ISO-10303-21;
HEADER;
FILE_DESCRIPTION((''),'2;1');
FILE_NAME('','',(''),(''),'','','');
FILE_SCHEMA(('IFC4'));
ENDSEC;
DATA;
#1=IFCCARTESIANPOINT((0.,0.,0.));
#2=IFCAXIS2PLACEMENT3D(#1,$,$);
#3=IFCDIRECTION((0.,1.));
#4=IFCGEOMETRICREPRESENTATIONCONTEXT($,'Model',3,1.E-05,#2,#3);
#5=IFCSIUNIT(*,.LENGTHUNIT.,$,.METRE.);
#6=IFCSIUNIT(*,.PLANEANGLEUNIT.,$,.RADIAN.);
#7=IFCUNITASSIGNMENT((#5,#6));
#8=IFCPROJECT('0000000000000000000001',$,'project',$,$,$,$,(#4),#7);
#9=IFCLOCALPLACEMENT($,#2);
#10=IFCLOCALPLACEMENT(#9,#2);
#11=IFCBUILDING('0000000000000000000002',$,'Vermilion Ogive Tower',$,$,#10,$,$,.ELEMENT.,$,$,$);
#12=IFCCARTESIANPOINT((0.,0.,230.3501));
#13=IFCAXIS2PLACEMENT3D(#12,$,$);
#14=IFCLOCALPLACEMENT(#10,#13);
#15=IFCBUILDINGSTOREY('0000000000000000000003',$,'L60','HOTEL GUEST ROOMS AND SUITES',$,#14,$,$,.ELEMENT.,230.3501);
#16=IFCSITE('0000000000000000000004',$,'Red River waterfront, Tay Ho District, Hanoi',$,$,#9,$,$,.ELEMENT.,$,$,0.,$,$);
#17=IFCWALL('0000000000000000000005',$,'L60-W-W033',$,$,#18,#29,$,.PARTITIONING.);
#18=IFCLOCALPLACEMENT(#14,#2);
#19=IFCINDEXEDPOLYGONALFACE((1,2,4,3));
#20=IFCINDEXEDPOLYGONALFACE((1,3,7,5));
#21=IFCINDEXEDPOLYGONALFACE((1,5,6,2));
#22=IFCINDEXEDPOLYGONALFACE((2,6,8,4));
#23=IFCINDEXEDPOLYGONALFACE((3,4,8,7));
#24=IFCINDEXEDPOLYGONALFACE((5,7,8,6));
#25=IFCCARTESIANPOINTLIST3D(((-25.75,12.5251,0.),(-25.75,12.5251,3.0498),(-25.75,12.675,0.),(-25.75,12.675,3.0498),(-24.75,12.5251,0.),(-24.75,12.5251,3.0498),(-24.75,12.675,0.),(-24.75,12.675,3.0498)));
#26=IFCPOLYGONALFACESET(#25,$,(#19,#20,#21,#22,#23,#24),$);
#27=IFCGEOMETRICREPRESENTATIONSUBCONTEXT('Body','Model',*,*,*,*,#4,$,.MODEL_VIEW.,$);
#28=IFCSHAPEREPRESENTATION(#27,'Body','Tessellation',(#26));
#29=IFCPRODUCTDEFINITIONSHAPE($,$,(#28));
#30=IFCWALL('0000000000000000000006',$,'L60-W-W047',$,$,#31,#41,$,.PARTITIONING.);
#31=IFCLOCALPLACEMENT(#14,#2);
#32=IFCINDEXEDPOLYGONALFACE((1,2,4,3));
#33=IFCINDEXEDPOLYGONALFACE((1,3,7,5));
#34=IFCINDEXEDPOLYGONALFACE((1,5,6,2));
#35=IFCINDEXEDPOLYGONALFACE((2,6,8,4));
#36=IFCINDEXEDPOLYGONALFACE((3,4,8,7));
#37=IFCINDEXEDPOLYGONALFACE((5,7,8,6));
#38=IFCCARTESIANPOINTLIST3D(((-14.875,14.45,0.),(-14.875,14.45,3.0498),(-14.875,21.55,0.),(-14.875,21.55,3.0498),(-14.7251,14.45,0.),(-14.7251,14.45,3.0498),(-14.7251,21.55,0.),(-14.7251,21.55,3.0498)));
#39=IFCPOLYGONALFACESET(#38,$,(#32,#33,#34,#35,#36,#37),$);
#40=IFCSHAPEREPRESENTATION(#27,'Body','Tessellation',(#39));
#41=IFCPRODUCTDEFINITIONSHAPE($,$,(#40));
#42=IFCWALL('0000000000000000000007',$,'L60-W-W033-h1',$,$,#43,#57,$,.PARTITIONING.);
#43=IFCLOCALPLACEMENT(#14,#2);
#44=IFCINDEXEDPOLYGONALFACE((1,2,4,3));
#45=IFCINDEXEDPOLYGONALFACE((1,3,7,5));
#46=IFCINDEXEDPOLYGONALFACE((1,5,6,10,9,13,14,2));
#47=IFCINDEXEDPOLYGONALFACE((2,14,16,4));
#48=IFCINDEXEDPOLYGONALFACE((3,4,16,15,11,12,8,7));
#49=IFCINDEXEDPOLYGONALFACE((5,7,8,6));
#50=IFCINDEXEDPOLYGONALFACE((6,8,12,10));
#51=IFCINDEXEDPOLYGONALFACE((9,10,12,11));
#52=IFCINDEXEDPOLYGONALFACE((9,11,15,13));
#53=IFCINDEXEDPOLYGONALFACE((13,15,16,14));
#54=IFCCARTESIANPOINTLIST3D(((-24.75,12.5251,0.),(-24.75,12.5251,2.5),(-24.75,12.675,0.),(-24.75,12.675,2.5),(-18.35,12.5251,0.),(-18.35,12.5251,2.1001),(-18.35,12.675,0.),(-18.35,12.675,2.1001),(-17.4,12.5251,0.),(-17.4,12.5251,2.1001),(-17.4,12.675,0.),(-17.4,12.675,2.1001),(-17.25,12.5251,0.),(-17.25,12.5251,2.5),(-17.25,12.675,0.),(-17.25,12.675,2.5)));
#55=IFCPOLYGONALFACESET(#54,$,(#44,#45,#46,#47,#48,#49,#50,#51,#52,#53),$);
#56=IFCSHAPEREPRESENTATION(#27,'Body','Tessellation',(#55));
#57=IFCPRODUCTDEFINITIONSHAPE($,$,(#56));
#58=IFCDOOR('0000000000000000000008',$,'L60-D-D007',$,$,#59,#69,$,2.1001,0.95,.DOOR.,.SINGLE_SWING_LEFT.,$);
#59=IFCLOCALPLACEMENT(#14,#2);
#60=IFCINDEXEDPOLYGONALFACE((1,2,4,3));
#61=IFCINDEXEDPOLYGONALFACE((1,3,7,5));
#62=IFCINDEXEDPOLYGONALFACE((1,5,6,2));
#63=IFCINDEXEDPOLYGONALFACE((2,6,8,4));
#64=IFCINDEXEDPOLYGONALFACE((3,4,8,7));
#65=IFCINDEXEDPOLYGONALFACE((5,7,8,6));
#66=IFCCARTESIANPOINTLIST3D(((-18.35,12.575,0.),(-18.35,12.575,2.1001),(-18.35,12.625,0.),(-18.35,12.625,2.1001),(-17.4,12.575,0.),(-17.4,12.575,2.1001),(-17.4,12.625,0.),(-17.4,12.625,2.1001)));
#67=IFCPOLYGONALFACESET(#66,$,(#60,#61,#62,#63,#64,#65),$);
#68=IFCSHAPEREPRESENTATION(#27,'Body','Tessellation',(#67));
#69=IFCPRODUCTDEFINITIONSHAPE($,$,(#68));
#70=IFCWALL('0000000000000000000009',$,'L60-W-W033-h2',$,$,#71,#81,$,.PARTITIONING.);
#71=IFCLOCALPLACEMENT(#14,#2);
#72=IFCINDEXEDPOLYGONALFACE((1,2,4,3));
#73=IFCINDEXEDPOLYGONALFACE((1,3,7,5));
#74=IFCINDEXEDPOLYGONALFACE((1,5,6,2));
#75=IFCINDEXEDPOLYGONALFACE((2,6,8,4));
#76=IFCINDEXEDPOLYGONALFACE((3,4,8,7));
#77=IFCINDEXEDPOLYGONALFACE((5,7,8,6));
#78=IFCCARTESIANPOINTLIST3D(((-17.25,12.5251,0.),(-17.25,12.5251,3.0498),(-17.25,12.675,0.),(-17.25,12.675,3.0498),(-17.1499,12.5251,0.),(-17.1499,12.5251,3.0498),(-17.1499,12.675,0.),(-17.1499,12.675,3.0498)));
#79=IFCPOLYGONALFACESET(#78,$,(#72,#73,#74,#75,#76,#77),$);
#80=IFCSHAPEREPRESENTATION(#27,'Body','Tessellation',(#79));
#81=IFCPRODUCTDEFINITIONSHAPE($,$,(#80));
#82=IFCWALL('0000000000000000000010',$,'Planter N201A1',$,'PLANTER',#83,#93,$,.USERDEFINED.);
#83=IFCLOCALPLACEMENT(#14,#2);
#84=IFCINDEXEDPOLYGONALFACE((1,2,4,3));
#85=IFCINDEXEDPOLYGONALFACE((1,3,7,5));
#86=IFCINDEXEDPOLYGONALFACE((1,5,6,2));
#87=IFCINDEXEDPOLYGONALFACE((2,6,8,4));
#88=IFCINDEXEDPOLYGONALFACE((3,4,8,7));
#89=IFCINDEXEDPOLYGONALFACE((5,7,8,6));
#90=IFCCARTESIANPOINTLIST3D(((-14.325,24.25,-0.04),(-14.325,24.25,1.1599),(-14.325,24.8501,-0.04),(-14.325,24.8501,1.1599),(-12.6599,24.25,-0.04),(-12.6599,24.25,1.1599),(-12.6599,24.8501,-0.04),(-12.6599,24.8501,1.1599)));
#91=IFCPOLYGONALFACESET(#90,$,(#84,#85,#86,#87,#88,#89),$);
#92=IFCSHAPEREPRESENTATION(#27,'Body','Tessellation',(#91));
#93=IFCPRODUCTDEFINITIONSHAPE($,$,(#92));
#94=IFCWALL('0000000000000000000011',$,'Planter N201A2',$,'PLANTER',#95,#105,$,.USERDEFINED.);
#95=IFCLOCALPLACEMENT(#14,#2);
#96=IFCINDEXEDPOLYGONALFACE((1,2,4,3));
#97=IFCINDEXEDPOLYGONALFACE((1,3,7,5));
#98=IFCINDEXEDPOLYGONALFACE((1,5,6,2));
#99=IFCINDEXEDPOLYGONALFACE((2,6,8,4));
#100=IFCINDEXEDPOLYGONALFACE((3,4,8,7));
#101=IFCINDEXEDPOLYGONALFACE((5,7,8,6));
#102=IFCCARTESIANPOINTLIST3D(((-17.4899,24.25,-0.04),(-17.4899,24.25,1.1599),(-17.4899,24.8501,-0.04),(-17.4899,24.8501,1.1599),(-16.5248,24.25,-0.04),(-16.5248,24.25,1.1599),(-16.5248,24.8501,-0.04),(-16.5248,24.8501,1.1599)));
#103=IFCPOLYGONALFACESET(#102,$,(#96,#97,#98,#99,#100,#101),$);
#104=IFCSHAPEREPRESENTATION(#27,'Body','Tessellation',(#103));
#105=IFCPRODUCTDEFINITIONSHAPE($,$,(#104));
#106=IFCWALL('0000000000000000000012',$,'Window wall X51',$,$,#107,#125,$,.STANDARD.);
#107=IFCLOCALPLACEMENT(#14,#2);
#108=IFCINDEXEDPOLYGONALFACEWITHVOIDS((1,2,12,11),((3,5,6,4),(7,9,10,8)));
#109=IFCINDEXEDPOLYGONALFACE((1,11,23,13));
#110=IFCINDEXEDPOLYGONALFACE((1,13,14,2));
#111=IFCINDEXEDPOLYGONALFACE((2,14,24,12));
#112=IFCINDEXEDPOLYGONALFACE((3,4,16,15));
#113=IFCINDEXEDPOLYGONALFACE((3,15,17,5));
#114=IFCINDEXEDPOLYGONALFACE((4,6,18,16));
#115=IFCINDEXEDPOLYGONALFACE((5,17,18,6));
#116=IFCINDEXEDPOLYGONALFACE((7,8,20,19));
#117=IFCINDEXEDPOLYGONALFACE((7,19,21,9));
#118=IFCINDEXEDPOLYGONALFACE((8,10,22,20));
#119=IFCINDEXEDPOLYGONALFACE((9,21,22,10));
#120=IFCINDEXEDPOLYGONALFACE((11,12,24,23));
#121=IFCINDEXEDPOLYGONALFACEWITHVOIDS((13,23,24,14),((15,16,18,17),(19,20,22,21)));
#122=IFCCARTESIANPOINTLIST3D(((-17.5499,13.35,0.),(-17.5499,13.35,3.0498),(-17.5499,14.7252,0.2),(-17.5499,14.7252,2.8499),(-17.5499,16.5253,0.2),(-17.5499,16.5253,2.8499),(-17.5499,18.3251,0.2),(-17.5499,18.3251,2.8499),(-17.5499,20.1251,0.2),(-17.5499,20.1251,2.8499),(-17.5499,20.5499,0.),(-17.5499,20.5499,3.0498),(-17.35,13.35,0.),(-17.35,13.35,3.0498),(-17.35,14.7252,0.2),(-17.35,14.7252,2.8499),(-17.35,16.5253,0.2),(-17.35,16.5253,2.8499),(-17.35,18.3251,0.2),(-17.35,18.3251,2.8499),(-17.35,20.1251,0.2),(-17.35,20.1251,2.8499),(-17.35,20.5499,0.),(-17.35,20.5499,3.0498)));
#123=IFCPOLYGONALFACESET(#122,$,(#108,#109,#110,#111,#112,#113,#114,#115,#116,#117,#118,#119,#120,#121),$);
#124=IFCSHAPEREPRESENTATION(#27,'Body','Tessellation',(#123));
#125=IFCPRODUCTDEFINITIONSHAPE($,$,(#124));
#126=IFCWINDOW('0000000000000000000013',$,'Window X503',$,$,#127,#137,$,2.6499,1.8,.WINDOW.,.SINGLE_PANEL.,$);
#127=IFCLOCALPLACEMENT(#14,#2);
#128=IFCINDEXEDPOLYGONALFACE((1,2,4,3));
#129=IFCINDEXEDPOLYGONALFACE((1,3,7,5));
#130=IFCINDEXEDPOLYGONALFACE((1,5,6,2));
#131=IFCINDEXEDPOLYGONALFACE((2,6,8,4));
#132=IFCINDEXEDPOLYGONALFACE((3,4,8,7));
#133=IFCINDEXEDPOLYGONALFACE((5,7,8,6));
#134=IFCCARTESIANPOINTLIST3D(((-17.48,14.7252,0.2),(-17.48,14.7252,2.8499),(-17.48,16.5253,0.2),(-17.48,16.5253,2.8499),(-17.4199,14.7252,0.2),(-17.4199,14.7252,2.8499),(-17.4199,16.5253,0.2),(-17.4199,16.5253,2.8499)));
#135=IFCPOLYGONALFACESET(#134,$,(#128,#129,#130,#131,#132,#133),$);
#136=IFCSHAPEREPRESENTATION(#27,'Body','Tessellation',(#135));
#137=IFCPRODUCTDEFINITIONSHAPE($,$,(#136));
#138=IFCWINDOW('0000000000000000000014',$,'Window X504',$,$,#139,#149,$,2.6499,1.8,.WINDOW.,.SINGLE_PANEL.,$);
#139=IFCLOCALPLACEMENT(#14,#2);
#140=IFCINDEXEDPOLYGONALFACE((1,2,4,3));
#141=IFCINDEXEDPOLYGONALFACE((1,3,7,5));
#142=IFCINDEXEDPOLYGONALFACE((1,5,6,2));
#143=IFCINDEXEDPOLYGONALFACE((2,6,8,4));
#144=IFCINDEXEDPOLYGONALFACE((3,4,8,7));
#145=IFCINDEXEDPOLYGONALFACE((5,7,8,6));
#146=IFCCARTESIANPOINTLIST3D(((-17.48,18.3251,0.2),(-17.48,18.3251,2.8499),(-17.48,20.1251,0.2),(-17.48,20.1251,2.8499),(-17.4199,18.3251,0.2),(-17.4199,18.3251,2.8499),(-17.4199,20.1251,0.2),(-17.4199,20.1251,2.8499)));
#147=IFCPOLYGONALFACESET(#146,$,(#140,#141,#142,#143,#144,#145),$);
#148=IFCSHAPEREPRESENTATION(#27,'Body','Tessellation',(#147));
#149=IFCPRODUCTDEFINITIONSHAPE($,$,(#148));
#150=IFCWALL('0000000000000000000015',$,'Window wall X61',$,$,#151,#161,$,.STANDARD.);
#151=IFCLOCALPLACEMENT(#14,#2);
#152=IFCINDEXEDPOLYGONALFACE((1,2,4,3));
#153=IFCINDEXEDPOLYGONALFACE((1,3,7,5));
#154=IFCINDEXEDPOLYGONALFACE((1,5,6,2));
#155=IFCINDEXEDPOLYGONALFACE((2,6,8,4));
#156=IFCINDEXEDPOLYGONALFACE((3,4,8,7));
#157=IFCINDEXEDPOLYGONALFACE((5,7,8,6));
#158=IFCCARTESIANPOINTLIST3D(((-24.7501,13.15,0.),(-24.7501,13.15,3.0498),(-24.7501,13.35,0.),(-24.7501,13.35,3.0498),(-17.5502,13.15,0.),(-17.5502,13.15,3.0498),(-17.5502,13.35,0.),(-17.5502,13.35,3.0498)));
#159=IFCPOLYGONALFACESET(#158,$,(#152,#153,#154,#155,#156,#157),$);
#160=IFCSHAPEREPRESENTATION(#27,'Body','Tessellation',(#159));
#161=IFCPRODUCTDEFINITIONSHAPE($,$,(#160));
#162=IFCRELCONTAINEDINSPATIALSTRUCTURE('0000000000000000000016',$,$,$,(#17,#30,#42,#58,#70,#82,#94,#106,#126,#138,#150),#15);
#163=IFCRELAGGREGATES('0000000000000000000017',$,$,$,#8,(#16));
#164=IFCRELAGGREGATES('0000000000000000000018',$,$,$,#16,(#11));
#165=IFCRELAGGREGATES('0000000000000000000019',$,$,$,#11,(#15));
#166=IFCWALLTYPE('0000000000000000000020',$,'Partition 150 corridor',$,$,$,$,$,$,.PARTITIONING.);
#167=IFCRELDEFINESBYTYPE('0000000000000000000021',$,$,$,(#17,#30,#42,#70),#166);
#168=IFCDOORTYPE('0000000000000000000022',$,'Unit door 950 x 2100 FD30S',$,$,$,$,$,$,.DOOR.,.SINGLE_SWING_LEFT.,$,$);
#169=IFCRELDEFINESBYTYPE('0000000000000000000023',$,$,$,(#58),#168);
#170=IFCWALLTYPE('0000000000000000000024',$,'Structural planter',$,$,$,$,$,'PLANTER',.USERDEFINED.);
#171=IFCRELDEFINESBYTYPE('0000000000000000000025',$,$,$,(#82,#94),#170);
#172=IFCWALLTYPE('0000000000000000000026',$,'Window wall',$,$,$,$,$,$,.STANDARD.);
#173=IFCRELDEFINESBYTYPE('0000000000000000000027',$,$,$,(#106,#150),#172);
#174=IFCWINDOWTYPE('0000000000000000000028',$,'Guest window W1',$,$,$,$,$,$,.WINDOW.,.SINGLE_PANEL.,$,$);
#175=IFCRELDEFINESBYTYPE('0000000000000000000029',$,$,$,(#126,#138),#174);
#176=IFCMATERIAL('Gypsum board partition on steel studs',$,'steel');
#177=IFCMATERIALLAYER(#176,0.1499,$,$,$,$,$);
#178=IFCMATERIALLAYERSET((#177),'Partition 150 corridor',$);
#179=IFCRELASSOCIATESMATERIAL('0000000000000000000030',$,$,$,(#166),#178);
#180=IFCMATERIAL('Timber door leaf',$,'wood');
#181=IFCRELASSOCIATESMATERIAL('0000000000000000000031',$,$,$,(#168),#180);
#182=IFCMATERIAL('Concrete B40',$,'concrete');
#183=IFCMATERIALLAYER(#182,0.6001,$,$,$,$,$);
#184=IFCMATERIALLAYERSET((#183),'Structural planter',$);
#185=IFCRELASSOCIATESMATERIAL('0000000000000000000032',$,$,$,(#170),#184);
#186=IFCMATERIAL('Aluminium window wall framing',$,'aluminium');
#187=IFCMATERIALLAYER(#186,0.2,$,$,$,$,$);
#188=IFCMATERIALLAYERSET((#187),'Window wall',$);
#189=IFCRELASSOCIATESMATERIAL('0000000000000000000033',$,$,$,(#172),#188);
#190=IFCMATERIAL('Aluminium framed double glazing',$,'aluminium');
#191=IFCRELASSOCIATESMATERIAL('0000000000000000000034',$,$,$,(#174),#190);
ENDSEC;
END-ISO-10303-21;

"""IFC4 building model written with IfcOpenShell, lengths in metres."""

from ifc_helpers import new_model, si_unit, direction, frame, frame_2d, origin, place, context, subcontext, project, spatial, rectangle, extrude, material, layer, layer_set, type_object, element, fill, save


model = new_model("IFC4")

# Units and contexts
model_context = context("Model", 3, precision=1e-05, world=origin(), true_north=direction((0.0, 1.0)))
body_context = subcontext(model_context, "Body", "Model", "MODEL_VIEW")
ifc_project = project(units=[si_unit("LENGTHUNIT", "METRE"), si_unit("PLANEANGLEUNIT", "RADIAN")], contexts=[model_context])

# Site, building, storey
site_placement = place(None, origin())
site = spatial("IfcSite", under=ifc_project, at=site_placement, Name="Red River waterfront, Tay Ho District, Hanoi", CompositionType="ELEMENT", RefElevation=0.0)
building_placement = place(site_placement, origin())
building = spatial("IfcBuilding", under=site, at=building_placement, Name="Vermilion Ogive Tower", CompositionType="ELEMENT")
storey_placement = place(building_placement, frame((0.0, 0.0, 230.3501)))
storey = spatial("IfcBuildingStorey", under=building, at=storey_placement, Name="L60", Description="HOTEL GUEST ROOMS AND SUITES", CompositionType="ELEMENT", Elevation=230.3501)

# Walls
ifc_material_1 = material(Name="Gypsum board partition on steel studs", Category="steel")
ifc_layer_1 = layer(ifc_material_1, 0.1499)
ifc_layer_set_1 = layer_set([ifc_layer_1], Name="Partition 150 corridor")
wall_type_1 = type_object("IfcWallType", Name="Partition 150 corridor", PredefinedType="PARTITIONING", material=ifc_layer_set_1)
wall_1_placement = place(storey_placement, frame((-25.75, 12.6001, 0.0), z_axis=(0.0, 0.0, 1.0), x_axis=(1.0, 0.0, 0.0)))
element("IfcWall", 1, at=wall_1_placement, inside=storey, type_object=wall_type_1, Name="L60-W-W033", PredefinedType="PARTITIONING", context=body_context, shape_type="SweptSolid", body=[
    extrude(rectangle(XDim=1.0, YDim=0.1499, at=frame_2d((0.5, 0.0))), origin(), (0.0, 0.0, 1.0), 3.0498),
])
wall_2_placement = place(storey_placement, frame((-14.8, 14.45, 0.0), z_axis=(0.0, 0.0, 1.0), x_axis=(0.0, 1.0, 0.0)))
element("IfcWall", 2, at=wall_2_placement, inside=storey, type_object=wall_type_1, Name="L60-W-W047", PredefinedType="PARTITIONING", context=body_context, shape_type="SweptSolid", body=[
    extrude(rectangle(XDim=7.1001, YDim=0.1499, at=frame_2d((3.55, 0.0))), origin(), (0.0, 0.0, 1.0), 3.0498),
])

# Wall, opening, door
wall_3_placement = place(storey_placement, frame((-24.75, 12.6001, 0.0), z_axis=(0.0, 0.0, 1.0), x_axis=(1.0, 0.0, 0.0)))
wall_3 = element("IfcWall", 3, at=wall_3_placement, inside=storey, type_object=wall_type_1, Name="L60-W-W033-h1", PredefinedType="PARTITIONING", context=body_context, shape_type="SweptSolid", body=[
    extrude(rectangle(XDim=7.5, YDim=0.1499, at=frame_2d((3.75, 0.0))), origin(), (0.0, 0.0, 1.0), 2.5),
])
opening_1_placement = place(wall_3_placement, frame((6.3999, 0.0, 0.0)))
opening_1 = element("IfcOpeningElement", 4, at=opening_1_placement, cuts=wall_3, PredefinedType="OPENING", context=body_context, shape_type="SweptSolid", body=[
    extrude(rectangle(XDim=0.95, YDim=2.1001, at=frame_2d((0.4751, 1.05))), frame((0.0, 0.085, 0.0), z_axis=(0.0, -1.0, 0.0), x_axis=(1.0, 0.0, 0.0)), (0.0, 0.0, 1.0), 0.1699),
])
ifc_material_2 = material(Name="Timber door leaf", Category="wood")
door_type_1 = type_object("IfcDoorType", Name="Unit door 950 x 2100 FD30S", OperationType="SINGLE_SWING_LEFT", PredefinedType="DOOR", material=ifc_material_2)
door_1_placement = place(opening_1_placement, origin())
door_1 = element("IfcDoor", 5, at=door_1_placement, inside=storey, type_object=door_type_1, Name="L60-D-D007", OperationType="SINGLE_SWING_LEFT", OverallHeight=2.1001, OverallWidth=0.95, PredefinedType="DOOR", context=body_context, shape_type="SweptSolid", body=[
    extrude(rectangle(XDim=0.95, YDim=2.1001, at=frame_2d((0.4751, 1.05))), frame((0.0, 0.0249, 0.0), z_axis=(0.0, -1.0, 0.0), x_axis=(1.0, 0.0, 0.0)), (0.0, 0.0, 1.0), 0.05),
])
fill(opening_1, door_1)

# Walls
wall_4_placement = place(storey_placement, frame((-17.25, 12.6001, 0.0), z_axis=(0.0, 0.0, 1.0), x_axis=(1.0, 0.0, 0.0)))
element("IfcWall", 6, at=wall_4_placement, inside=storey, type_object=wall_type_1, Name="L60-W-W033-h2", PredefinedType="PARTITIONING", context=body_context, shape_type="SweptSolid", body=[
    extrude(rectangle(XDim=0.1001, YDim=0.1499, at=frame_2d((0.05, 0.0))), origin(), (0.0, 0.0, 1.0), 3.0498),
])
ifc_material_3 = material(Name="Concrete B40", Category="concrete")
ifc_layer_2 = layer(ifc_material_3, 0.6001)
ifc_layer_set_2 = layer_set([ifc_layer_2], Name="Structural planter")
wall_type_2 = type_object("IfcWallType", Name="Structural planter", ElementType="PLANTER", PredefinedType="USERDEFINED", material=ifc_layer_set_2)
wall_5_placement = place(storey_placement, frame((-12.6599, 24.55, -0.04), z_axis=(0.0, 0.0, 1.0), x_axis=(-1.0, 0.0, 0.0)))
element("IfcWall", 7, at=wall_5_placement, inside=storey, type_object=wall_type_2, Name="Planter N201A1", ObjectType="PLANTER", PredefinedType="USERDEFINED", context=body_context, shape_type="SweptSolid", body=[
    extrude(rectangle(XDim=1.665, YDim=0.6001, at=frame_2d((0.8325, 0.0))), origin(), (0.0, 0.0, 1.0), 1.2),
])
wall_6_placement = place(storey_placement, frame((-16.5249, 24.55, -0.04), z_axis=(0.0, 0.0, 1.0), x_axis=(-1.0, 0.0, 0.0)))
element("IfcWall", 8, at=wall_6_placement, inside=storey, type_object=wall_type_2, Name="Planter N201A2", ObjectType="PLANTER", PredefinedType="USERDEFINED", context=body_context, shape_type="SweptSolid", body=[
    extrude(rectangle(XDim=0.9651, YDim=0.6001, at=frame_2d((0.4824, 0.0))), origin(), (0.0, 0.0, 1.0), 1.2),
])

# Shared definitions
ifc_material_4 = material(Name="Aluminium window wall framing", Category="aluminium")
ifc_layer_3 = layer(ifc_material_4, 0.2)
ifc_layer_set_3 = layer_set([ifc_layer_3], Name="Window wall")
wall_type_3 = type_object("IfcWallType", Name="Window wall", PredefinedType="STANDARD", material=ifc_layer_set_3)
ifc_material_5 = material(Name="Aluminium framed double glazing", Category="aluminium")
window_type = type_object("IfcWindowType", Name="Guest window W1", PartitioningType="SINGLE_PANEL", PredefinedType="WINDOW", material=ifc_material_5)

# Wall, openings, windows
wall_7_placement = place(storey_placement, frame((-17.45, 20.55, 0.0), z_axis=(0.0, 0.0, 1.0), x_axis=(0.0, -1.0, 0.0)))
wall_7 = element("IfcWall", 9, at=wall_7_placement, inside=storey, type_object=wall_type_3, Name="Window wall X51", PredefinedType="STANDARD", context=body_context, shape_type="SweptSolid", body=[
    extrude(rectangle(XDim=7.2, YDim=0.2, at=frame_2d((3.6001, 0.0))), origin(), (0.0, 0.0, 1.0), 3.0498),
])
opening_2_placement = place(wall_7_placement, frame((4.0249, 0.0, 0.2)))
opening_2 = element("IfcOpeningElement", 10, at=opening_2_placement, cuts=wall_7, PredefinedType="OPENING", context=body_context, shape_type="SweptSolid", body=[
    extrude(rectangle(XDim=1.8, YDim=2.6499, at=frame_2d((0.8999, 1.325))), frame((0.0, 0.1099, 0.0), z_axis=(0.0, -1.0, 0.0), x_axis=(1.0, 0.0, 0.0)), (0.0, 0.0, 1.0), 0.22),
])
opening_3_placement = place(wall_7_placement, frame((0.425, 0.0, 0.2)))
opening_3 = element("IfcOpeningElement", 11, at=opening_3_placement, cuts=wall_7, PredefinedType="OPENING", context=body_context, shape_type="SweptSolid", body=[
    extrude(rectangle(XDim=1.8, YDim=2.6499, at=frame_2d((0.8999, 1.325))), frame((0.0, 0.1099, 0.0), z_axis=(0.0, -1.0, 0.0), x_axis=(1.0, 0.0, 0.0)), (0.0, 0.0, 1.0), 0.22),
])
window_1_placement = place(opening_2_placement, origin())
window_1 = element("IfcWindow", 12, at=window_1_placement, inside=storey, type_object=window_type, Name="Window X503", OverallHeight=2.6499, OverallWidth=1.8, PartitioningType="SINGLE_PANEL", PredefinedType="WINDOW", context=body_context, shape_type="SweptSolid", body=[
    extrude(rectangle(XDim=1.8, YDim=2.6499, at=frame_2d((0.8999, 1.325))), frame((0.0, 0.03, 0.0), z_axis=(0.0, -1.0, 0.0), x_axis=(1.0, 0.0, 0.0)), (0.0, 0.0, 1.0), 0.0601),
])
fill(opening_2, window_1)
window_2_placement = place(opening_3_placement, origin())
window_2 = element("IfcWindow", 13, at=window_2_placement, inside=storey, type_object=window_type, Name="Window X504", OverallHeight=2.6499, OverallWidth=1.8, PartitioningType="SINGLE_PANEL", PredefinedType="WINDOW", context=body_context, shape_type="SweptSolid", body=[
    extrude(rectangle(XDim=1.8, YDim=2.6499, at=frame_2d((0.8999, 1.325))), frame((0.0, 0.03, 0.0), z_axis=(0.0, -1.0, 0.0), x_axis=(1.0, 0.0, 0.0)), (0.0, 0.0, 1.0), 0.0601),
])
fill(opening_3, window_2)

# Wall
wall_8_placement = place(storey_placement, frame((-17.55, 13.25, 0.0), z_axis=(0.0, 0.0, 1.0), x_axis=(-1.0, 0.0, 0.0)))
element("IfcWall", 14, at=wall_8_placement, inside=storey, type_object=wall_type_3, Name="Window wall X61", PredefinedType="STANDARD", context=body_context, shape_type="SweptSolid", body=[
    extrude(rectangle(XDim=7.2, YDim=0.2, at=frame_2d((3.6001, 0.0))), origin(), (0.0, 0.0, 1.0), 3.0498),
])

save(model, "model.ifc")
